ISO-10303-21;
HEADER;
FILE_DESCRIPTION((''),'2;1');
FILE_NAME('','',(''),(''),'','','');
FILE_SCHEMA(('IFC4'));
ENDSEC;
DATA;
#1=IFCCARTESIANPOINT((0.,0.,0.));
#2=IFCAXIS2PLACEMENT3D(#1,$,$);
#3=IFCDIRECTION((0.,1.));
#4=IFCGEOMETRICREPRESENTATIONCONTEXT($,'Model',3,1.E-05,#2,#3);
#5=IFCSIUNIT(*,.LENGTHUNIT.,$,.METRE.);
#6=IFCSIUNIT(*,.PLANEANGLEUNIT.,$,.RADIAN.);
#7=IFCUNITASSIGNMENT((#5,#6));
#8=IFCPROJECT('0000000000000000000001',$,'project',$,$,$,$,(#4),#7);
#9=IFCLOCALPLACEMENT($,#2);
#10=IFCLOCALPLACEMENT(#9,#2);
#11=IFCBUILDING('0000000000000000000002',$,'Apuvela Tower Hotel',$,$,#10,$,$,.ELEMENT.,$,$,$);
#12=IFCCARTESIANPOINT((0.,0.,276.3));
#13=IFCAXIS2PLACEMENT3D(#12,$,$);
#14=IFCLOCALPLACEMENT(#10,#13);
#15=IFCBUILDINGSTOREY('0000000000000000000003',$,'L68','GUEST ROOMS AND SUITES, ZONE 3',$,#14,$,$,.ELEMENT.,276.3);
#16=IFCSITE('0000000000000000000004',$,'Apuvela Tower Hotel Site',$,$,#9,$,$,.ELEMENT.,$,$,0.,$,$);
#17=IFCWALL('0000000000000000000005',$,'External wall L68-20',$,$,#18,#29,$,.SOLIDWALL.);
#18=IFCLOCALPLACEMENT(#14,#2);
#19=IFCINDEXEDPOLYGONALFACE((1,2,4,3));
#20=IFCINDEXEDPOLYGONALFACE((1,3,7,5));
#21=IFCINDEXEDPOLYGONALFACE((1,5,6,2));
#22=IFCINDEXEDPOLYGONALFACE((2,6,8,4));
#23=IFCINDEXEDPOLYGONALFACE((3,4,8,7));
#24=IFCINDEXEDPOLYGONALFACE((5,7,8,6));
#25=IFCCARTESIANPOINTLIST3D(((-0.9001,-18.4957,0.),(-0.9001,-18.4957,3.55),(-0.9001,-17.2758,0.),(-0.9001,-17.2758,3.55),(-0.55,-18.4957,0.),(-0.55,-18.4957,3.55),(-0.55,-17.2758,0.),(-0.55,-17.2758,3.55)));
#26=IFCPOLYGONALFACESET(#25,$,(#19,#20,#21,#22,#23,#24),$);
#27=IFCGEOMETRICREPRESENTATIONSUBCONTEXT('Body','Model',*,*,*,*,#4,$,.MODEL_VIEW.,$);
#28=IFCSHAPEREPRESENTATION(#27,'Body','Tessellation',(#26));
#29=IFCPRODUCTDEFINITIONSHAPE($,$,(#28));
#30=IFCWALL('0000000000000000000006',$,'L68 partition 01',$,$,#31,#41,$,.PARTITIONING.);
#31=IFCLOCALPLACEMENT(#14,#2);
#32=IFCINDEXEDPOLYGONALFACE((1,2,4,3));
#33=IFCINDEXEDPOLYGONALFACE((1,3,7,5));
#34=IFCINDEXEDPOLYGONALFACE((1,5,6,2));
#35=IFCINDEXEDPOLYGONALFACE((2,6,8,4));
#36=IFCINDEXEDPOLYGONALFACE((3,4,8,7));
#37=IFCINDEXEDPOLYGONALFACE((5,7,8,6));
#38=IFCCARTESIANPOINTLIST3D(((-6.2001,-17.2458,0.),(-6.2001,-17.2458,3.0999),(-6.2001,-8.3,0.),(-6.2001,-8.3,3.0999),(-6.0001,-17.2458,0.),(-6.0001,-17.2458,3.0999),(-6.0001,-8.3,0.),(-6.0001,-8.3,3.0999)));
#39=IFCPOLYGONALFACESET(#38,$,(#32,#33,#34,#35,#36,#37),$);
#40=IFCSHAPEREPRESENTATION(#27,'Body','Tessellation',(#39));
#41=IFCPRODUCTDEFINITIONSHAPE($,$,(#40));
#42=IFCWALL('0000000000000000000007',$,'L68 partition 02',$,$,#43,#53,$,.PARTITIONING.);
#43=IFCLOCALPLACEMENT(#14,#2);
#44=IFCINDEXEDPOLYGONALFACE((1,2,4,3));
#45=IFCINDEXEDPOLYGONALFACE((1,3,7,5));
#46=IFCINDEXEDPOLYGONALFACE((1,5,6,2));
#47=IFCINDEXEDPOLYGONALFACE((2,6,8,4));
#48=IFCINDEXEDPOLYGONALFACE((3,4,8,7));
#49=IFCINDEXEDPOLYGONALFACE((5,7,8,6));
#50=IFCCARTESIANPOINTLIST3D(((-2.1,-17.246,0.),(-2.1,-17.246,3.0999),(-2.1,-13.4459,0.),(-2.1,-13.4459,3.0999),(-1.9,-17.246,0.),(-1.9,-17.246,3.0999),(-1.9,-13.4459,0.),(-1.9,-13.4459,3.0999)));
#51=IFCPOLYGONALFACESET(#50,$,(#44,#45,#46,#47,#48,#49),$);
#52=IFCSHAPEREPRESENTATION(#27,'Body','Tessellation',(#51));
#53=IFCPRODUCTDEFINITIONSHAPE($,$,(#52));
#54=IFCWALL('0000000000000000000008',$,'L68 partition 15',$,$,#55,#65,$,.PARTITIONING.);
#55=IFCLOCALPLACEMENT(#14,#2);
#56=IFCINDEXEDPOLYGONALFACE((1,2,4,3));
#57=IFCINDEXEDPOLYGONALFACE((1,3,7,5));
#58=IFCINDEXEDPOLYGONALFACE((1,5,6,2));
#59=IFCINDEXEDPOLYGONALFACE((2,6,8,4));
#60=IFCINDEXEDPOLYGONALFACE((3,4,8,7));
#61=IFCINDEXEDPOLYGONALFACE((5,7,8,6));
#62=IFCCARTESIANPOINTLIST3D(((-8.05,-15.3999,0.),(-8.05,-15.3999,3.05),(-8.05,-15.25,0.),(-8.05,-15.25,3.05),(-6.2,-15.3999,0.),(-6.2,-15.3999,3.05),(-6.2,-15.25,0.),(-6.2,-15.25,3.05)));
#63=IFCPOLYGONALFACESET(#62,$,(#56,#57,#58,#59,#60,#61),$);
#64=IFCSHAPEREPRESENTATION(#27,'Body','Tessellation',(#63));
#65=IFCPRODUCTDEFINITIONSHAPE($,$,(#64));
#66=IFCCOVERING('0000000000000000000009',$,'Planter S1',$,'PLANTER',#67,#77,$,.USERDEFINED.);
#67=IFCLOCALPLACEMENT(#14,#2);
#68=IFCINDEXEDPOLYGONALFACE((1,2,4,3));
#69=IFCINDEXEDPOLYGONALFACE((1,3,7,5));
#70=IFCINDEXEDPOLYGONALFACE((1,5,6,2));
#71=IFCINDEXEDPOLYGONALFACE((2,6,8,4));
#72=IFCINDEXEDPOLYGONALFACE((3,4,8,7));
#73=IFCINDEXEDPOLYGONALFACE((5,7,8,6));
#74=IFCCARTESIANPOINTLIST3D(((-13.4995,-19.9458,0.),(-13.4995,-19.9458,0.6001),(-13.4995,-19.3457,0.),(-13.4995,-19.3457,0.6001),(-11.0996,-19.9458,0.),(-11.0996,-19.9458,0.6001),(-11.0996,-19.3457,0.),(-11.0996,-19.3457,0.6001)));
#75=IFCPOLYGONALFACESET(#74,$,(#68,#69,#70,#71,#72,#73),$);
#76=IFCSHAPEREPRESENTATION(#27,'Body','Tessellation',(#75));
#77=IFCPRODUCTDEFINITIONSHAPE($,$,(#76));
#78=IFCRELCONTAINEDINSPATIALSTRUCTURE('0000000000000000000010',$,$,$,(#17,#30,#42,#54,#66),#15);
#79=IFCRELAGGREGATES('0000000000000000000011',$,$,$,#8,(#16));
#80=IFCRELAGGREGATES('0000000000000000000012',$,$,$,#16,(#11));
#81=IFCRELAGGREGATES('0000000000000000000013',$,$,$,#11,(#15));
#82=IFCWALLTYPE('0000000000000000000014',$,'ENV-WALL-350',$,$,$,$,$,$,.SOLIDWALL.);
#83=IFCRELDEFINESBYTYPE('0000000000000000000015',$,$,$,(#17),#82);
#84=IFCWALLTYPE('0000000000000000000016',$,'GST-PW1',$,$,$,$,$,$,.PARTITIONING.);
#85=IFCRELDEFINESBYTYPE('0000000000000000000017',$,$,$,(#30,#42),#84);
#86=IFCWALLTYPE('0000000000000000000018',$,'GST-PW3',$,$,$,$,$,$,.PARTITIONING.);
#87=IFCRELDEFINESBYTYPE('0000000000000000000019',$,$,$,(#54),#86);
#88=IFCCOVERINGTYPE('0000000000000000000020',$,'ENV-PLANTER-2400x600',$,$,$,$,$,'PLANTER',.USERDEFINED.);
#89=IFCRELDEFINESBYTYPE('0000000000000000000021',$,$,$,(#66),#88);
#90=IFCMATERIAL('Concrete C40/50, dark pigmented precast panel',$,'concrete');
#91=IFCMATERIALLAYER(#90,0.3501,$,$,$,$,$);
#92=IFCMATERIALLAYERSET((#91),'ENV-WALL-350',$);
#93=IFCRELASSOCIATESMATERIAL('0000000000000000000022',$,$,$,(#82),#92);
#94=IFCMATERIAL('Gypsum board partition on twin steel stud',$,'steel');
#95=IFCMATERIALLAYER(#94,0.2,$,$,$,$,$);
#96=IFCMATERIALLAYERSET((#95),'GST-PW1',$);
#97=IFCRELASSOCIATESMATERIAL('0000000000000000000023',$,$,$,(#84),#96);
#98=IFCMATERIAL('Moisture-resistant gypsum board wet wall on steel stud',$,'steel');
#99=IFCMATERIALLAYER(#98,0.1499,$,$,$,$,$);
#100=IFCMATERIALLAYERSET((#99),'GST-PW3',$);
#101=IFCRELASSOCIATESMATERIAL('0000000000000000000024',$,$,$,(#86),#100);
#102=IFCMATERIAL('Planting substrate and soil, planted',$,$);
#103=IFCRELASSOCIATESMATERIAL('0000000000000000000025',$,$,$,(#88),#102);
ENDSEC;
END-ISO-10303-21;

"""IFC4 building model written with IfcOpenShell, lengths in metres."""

from ifc_helpers import new_model, si_unit, direction, frame, frame_2d, origin, origin_2d, place, context, subcontext, project, spatial, rectangle, extrude, material, layer, layer_set, type_object, element, save


model = new_model("IFC4")

# Units and contexts
model_context = context("Model", 3, precision=1e-05, world=origin(), true_north=direction((0.0, 1.0)))
body_context = subcontext(model_context, "Body", "Model", "MODEL_VIEW")
ifc_project = project(units=[si_unit("LENGTHUNIT", "METRE"), si_unit("PLANEANGLEUNIT", "RADIAN")], contexts=[model_context])

# Site, building, storey
site_placement = place(None, origin())
site = spatial("IfcSite", under=ifc_project, at=site_placement, Name="Apuvela Tower Hotel Site", CompositionType="ELEMENT", RefElevation=0.0)
building_placement = place(site_placement, origin())
building = spatial("IfcBuilding", under=site, at=building_placement, Name="Apuvela Tower Hotel", CompositionType="ELEMENT")
storey_placement = place(building_placement, frame((0.0, 0.0, 276.3)))
storey = spatial("IfcBuildingStorey", under=building, at=storey_placement, Name="L68", Description="GUEST ROOMS AND SUITES, ZONE 3", CompositionType="ELEMENT", Elevation=276.3)

# Shared definitions
ifc_material_1 = material(Name="Concrete C40/50, dark pigmented precast panel", Category="concrete")
ifc_layer_1 = layer(ifc_material_1, 0.3501)
ifc_layer_set_1 = layer_set([ifc_layer_1], Name="ENV-WALL-350")
wall_type_1 = type_object("IfcWallType", Name="ENV-WALL-350", PredefinedType="SOLIDWALL", material=ifc_layer_set_1)

# Wall
wall_1_placement = place(storey_placement, frame((-0.7251, -17.2759, 0.0), z_axis=(0.0, 0.0, 1.0), x_axis=(0.0, -1.0, 0.0)))
element("IfcWall", 1, at=wall_1_placement, inside=storey, type_object=wall_type_1, Name="External wall L68-20", PredefinedType="SOLIDWALL", context=body_context, shape_type="SweptSolid", body=[
    extrude(rectangle(XDim=1.22, YDim=0.3501, at=frame_2d((0.6099, 0.0))), origin(), (0.0, 0.0, 1.0), 3.55),
])

# Walls
ifc_material_2 = material(Name="Gypsum board partition on twin steel stud", Category="steel")
ifc_layer_2 = layer(ifc_material_2, 0.2)
ifc_layer_set_2 = layer_set([ifc_layer_2], Name="GST-PW1")
wall_type_2 = type_object("IfcWallType", Name="GST-PW1", PredefinedType="PARTITIONING", material=ifc_layer_set_2)
wall_2_placement = place(storey_placement, frame((-6.1001, -17.2458, 0.0), z_axis=(0.0, 0.0, 1.0), x_axis=(0.0, 1.0, 0.0)))
element("IfcWall", 2, at=wall_2_placement, inside=storey, type_object=wall_type_2, Name="L68 partition 01", PredefinedType="PARTITIONING", context=body_context, shape_type="SweptSolid", body=[
    extrude(rectangle(XDim=8.9458, YDim=0.2, at=frame_2d((4.4729, 0.0))), origin(), (0.0, 0.0, 1.0), 3.0999),
])
wall_3_placement = place(storey_placement, frame((-2.0, -17.2458, 0.0), z_axis=(0.0, 0.0, 1.0), x_axis=(0.0, 1.0, 0.0)))
element("IfcWall", 3, at=wall_3_placement, inside=storey, type_object=wall_type_2, Name="L68 partition 02", PredefinedType="PARTITIONING", context=body_context, shape_type="SweptSolid", body=[
    extrude(rectangle(XDim=3.8, YDim=0.2, at=frame_2d((1.8999, 0.0))), origin(), (0.0, 0.0, 1.0), 3.0999),
])
ifc_material_3 = material(Name="Moisture-resistant gypsum board wet wall on steel stud", Category="steel")
ifc_layer_3 = layer(ifc_material_3, 0.1499)
ifc_layer_set_3 = layer_set([ifc_layer_3], Name="GST-PW3")
wall_type_3 = type_object("IfcWallType", Name="GST-PW3", PredefinedType="PARTITIONING", material=ifc_layer_set_3)
wall_4_placement = place(storey_placement, frame((-8.05, -15.325, 0.0), z_axis=(0.0, 0.0, 1.0), x_axis=(1.0, 0.0, 0.0)))
element("IfcWall", 4, at=wall_4_placement, inside=storey, type_object=wall_type_3, Name="L68 partition 15", PredefinedType="PARTITIONING", context=body_context, shape_type="SweptSolid", body=[
    extrude(rectangle(XDim=1.8501, YDim=0.1499, at=frame_2d((0.925, 0.0))), origin(), (0.0, 0.0, 1.0), 3.05),
])

# Covering
ifc_material_4 = material(Name="Planting substrate and soil, planted")
covering_type = type_object("IfcCoveringType", Name="ENV-PLANTER-2400x600", ElementType="PLANTER", PredefinedType="USERDEFINED", material=ifc_material_4)
covering_placement = place(storey_placement, frame((-12.2996, -19.6458, 0.0), z_axis=(0.0, 0.0, 1.0), x_axis=(1.0, 0.0, 0.0)))
element("IfcCovering", 5, at=covering_placement, inside=storey, type_object=covering_type, Name="Planter S1", ObjectType="PLANTER", PredefinedType="USERDEFINED", context=body_context, shape_type="SweptSolid", body=[
    extrude(rectangle(XDim=2.3999, YDim=0.6001, at=origin_2d()), origin(), (0.0, 0.0, 1.0), 0.6001),
])

save(model, "model.ifc")
